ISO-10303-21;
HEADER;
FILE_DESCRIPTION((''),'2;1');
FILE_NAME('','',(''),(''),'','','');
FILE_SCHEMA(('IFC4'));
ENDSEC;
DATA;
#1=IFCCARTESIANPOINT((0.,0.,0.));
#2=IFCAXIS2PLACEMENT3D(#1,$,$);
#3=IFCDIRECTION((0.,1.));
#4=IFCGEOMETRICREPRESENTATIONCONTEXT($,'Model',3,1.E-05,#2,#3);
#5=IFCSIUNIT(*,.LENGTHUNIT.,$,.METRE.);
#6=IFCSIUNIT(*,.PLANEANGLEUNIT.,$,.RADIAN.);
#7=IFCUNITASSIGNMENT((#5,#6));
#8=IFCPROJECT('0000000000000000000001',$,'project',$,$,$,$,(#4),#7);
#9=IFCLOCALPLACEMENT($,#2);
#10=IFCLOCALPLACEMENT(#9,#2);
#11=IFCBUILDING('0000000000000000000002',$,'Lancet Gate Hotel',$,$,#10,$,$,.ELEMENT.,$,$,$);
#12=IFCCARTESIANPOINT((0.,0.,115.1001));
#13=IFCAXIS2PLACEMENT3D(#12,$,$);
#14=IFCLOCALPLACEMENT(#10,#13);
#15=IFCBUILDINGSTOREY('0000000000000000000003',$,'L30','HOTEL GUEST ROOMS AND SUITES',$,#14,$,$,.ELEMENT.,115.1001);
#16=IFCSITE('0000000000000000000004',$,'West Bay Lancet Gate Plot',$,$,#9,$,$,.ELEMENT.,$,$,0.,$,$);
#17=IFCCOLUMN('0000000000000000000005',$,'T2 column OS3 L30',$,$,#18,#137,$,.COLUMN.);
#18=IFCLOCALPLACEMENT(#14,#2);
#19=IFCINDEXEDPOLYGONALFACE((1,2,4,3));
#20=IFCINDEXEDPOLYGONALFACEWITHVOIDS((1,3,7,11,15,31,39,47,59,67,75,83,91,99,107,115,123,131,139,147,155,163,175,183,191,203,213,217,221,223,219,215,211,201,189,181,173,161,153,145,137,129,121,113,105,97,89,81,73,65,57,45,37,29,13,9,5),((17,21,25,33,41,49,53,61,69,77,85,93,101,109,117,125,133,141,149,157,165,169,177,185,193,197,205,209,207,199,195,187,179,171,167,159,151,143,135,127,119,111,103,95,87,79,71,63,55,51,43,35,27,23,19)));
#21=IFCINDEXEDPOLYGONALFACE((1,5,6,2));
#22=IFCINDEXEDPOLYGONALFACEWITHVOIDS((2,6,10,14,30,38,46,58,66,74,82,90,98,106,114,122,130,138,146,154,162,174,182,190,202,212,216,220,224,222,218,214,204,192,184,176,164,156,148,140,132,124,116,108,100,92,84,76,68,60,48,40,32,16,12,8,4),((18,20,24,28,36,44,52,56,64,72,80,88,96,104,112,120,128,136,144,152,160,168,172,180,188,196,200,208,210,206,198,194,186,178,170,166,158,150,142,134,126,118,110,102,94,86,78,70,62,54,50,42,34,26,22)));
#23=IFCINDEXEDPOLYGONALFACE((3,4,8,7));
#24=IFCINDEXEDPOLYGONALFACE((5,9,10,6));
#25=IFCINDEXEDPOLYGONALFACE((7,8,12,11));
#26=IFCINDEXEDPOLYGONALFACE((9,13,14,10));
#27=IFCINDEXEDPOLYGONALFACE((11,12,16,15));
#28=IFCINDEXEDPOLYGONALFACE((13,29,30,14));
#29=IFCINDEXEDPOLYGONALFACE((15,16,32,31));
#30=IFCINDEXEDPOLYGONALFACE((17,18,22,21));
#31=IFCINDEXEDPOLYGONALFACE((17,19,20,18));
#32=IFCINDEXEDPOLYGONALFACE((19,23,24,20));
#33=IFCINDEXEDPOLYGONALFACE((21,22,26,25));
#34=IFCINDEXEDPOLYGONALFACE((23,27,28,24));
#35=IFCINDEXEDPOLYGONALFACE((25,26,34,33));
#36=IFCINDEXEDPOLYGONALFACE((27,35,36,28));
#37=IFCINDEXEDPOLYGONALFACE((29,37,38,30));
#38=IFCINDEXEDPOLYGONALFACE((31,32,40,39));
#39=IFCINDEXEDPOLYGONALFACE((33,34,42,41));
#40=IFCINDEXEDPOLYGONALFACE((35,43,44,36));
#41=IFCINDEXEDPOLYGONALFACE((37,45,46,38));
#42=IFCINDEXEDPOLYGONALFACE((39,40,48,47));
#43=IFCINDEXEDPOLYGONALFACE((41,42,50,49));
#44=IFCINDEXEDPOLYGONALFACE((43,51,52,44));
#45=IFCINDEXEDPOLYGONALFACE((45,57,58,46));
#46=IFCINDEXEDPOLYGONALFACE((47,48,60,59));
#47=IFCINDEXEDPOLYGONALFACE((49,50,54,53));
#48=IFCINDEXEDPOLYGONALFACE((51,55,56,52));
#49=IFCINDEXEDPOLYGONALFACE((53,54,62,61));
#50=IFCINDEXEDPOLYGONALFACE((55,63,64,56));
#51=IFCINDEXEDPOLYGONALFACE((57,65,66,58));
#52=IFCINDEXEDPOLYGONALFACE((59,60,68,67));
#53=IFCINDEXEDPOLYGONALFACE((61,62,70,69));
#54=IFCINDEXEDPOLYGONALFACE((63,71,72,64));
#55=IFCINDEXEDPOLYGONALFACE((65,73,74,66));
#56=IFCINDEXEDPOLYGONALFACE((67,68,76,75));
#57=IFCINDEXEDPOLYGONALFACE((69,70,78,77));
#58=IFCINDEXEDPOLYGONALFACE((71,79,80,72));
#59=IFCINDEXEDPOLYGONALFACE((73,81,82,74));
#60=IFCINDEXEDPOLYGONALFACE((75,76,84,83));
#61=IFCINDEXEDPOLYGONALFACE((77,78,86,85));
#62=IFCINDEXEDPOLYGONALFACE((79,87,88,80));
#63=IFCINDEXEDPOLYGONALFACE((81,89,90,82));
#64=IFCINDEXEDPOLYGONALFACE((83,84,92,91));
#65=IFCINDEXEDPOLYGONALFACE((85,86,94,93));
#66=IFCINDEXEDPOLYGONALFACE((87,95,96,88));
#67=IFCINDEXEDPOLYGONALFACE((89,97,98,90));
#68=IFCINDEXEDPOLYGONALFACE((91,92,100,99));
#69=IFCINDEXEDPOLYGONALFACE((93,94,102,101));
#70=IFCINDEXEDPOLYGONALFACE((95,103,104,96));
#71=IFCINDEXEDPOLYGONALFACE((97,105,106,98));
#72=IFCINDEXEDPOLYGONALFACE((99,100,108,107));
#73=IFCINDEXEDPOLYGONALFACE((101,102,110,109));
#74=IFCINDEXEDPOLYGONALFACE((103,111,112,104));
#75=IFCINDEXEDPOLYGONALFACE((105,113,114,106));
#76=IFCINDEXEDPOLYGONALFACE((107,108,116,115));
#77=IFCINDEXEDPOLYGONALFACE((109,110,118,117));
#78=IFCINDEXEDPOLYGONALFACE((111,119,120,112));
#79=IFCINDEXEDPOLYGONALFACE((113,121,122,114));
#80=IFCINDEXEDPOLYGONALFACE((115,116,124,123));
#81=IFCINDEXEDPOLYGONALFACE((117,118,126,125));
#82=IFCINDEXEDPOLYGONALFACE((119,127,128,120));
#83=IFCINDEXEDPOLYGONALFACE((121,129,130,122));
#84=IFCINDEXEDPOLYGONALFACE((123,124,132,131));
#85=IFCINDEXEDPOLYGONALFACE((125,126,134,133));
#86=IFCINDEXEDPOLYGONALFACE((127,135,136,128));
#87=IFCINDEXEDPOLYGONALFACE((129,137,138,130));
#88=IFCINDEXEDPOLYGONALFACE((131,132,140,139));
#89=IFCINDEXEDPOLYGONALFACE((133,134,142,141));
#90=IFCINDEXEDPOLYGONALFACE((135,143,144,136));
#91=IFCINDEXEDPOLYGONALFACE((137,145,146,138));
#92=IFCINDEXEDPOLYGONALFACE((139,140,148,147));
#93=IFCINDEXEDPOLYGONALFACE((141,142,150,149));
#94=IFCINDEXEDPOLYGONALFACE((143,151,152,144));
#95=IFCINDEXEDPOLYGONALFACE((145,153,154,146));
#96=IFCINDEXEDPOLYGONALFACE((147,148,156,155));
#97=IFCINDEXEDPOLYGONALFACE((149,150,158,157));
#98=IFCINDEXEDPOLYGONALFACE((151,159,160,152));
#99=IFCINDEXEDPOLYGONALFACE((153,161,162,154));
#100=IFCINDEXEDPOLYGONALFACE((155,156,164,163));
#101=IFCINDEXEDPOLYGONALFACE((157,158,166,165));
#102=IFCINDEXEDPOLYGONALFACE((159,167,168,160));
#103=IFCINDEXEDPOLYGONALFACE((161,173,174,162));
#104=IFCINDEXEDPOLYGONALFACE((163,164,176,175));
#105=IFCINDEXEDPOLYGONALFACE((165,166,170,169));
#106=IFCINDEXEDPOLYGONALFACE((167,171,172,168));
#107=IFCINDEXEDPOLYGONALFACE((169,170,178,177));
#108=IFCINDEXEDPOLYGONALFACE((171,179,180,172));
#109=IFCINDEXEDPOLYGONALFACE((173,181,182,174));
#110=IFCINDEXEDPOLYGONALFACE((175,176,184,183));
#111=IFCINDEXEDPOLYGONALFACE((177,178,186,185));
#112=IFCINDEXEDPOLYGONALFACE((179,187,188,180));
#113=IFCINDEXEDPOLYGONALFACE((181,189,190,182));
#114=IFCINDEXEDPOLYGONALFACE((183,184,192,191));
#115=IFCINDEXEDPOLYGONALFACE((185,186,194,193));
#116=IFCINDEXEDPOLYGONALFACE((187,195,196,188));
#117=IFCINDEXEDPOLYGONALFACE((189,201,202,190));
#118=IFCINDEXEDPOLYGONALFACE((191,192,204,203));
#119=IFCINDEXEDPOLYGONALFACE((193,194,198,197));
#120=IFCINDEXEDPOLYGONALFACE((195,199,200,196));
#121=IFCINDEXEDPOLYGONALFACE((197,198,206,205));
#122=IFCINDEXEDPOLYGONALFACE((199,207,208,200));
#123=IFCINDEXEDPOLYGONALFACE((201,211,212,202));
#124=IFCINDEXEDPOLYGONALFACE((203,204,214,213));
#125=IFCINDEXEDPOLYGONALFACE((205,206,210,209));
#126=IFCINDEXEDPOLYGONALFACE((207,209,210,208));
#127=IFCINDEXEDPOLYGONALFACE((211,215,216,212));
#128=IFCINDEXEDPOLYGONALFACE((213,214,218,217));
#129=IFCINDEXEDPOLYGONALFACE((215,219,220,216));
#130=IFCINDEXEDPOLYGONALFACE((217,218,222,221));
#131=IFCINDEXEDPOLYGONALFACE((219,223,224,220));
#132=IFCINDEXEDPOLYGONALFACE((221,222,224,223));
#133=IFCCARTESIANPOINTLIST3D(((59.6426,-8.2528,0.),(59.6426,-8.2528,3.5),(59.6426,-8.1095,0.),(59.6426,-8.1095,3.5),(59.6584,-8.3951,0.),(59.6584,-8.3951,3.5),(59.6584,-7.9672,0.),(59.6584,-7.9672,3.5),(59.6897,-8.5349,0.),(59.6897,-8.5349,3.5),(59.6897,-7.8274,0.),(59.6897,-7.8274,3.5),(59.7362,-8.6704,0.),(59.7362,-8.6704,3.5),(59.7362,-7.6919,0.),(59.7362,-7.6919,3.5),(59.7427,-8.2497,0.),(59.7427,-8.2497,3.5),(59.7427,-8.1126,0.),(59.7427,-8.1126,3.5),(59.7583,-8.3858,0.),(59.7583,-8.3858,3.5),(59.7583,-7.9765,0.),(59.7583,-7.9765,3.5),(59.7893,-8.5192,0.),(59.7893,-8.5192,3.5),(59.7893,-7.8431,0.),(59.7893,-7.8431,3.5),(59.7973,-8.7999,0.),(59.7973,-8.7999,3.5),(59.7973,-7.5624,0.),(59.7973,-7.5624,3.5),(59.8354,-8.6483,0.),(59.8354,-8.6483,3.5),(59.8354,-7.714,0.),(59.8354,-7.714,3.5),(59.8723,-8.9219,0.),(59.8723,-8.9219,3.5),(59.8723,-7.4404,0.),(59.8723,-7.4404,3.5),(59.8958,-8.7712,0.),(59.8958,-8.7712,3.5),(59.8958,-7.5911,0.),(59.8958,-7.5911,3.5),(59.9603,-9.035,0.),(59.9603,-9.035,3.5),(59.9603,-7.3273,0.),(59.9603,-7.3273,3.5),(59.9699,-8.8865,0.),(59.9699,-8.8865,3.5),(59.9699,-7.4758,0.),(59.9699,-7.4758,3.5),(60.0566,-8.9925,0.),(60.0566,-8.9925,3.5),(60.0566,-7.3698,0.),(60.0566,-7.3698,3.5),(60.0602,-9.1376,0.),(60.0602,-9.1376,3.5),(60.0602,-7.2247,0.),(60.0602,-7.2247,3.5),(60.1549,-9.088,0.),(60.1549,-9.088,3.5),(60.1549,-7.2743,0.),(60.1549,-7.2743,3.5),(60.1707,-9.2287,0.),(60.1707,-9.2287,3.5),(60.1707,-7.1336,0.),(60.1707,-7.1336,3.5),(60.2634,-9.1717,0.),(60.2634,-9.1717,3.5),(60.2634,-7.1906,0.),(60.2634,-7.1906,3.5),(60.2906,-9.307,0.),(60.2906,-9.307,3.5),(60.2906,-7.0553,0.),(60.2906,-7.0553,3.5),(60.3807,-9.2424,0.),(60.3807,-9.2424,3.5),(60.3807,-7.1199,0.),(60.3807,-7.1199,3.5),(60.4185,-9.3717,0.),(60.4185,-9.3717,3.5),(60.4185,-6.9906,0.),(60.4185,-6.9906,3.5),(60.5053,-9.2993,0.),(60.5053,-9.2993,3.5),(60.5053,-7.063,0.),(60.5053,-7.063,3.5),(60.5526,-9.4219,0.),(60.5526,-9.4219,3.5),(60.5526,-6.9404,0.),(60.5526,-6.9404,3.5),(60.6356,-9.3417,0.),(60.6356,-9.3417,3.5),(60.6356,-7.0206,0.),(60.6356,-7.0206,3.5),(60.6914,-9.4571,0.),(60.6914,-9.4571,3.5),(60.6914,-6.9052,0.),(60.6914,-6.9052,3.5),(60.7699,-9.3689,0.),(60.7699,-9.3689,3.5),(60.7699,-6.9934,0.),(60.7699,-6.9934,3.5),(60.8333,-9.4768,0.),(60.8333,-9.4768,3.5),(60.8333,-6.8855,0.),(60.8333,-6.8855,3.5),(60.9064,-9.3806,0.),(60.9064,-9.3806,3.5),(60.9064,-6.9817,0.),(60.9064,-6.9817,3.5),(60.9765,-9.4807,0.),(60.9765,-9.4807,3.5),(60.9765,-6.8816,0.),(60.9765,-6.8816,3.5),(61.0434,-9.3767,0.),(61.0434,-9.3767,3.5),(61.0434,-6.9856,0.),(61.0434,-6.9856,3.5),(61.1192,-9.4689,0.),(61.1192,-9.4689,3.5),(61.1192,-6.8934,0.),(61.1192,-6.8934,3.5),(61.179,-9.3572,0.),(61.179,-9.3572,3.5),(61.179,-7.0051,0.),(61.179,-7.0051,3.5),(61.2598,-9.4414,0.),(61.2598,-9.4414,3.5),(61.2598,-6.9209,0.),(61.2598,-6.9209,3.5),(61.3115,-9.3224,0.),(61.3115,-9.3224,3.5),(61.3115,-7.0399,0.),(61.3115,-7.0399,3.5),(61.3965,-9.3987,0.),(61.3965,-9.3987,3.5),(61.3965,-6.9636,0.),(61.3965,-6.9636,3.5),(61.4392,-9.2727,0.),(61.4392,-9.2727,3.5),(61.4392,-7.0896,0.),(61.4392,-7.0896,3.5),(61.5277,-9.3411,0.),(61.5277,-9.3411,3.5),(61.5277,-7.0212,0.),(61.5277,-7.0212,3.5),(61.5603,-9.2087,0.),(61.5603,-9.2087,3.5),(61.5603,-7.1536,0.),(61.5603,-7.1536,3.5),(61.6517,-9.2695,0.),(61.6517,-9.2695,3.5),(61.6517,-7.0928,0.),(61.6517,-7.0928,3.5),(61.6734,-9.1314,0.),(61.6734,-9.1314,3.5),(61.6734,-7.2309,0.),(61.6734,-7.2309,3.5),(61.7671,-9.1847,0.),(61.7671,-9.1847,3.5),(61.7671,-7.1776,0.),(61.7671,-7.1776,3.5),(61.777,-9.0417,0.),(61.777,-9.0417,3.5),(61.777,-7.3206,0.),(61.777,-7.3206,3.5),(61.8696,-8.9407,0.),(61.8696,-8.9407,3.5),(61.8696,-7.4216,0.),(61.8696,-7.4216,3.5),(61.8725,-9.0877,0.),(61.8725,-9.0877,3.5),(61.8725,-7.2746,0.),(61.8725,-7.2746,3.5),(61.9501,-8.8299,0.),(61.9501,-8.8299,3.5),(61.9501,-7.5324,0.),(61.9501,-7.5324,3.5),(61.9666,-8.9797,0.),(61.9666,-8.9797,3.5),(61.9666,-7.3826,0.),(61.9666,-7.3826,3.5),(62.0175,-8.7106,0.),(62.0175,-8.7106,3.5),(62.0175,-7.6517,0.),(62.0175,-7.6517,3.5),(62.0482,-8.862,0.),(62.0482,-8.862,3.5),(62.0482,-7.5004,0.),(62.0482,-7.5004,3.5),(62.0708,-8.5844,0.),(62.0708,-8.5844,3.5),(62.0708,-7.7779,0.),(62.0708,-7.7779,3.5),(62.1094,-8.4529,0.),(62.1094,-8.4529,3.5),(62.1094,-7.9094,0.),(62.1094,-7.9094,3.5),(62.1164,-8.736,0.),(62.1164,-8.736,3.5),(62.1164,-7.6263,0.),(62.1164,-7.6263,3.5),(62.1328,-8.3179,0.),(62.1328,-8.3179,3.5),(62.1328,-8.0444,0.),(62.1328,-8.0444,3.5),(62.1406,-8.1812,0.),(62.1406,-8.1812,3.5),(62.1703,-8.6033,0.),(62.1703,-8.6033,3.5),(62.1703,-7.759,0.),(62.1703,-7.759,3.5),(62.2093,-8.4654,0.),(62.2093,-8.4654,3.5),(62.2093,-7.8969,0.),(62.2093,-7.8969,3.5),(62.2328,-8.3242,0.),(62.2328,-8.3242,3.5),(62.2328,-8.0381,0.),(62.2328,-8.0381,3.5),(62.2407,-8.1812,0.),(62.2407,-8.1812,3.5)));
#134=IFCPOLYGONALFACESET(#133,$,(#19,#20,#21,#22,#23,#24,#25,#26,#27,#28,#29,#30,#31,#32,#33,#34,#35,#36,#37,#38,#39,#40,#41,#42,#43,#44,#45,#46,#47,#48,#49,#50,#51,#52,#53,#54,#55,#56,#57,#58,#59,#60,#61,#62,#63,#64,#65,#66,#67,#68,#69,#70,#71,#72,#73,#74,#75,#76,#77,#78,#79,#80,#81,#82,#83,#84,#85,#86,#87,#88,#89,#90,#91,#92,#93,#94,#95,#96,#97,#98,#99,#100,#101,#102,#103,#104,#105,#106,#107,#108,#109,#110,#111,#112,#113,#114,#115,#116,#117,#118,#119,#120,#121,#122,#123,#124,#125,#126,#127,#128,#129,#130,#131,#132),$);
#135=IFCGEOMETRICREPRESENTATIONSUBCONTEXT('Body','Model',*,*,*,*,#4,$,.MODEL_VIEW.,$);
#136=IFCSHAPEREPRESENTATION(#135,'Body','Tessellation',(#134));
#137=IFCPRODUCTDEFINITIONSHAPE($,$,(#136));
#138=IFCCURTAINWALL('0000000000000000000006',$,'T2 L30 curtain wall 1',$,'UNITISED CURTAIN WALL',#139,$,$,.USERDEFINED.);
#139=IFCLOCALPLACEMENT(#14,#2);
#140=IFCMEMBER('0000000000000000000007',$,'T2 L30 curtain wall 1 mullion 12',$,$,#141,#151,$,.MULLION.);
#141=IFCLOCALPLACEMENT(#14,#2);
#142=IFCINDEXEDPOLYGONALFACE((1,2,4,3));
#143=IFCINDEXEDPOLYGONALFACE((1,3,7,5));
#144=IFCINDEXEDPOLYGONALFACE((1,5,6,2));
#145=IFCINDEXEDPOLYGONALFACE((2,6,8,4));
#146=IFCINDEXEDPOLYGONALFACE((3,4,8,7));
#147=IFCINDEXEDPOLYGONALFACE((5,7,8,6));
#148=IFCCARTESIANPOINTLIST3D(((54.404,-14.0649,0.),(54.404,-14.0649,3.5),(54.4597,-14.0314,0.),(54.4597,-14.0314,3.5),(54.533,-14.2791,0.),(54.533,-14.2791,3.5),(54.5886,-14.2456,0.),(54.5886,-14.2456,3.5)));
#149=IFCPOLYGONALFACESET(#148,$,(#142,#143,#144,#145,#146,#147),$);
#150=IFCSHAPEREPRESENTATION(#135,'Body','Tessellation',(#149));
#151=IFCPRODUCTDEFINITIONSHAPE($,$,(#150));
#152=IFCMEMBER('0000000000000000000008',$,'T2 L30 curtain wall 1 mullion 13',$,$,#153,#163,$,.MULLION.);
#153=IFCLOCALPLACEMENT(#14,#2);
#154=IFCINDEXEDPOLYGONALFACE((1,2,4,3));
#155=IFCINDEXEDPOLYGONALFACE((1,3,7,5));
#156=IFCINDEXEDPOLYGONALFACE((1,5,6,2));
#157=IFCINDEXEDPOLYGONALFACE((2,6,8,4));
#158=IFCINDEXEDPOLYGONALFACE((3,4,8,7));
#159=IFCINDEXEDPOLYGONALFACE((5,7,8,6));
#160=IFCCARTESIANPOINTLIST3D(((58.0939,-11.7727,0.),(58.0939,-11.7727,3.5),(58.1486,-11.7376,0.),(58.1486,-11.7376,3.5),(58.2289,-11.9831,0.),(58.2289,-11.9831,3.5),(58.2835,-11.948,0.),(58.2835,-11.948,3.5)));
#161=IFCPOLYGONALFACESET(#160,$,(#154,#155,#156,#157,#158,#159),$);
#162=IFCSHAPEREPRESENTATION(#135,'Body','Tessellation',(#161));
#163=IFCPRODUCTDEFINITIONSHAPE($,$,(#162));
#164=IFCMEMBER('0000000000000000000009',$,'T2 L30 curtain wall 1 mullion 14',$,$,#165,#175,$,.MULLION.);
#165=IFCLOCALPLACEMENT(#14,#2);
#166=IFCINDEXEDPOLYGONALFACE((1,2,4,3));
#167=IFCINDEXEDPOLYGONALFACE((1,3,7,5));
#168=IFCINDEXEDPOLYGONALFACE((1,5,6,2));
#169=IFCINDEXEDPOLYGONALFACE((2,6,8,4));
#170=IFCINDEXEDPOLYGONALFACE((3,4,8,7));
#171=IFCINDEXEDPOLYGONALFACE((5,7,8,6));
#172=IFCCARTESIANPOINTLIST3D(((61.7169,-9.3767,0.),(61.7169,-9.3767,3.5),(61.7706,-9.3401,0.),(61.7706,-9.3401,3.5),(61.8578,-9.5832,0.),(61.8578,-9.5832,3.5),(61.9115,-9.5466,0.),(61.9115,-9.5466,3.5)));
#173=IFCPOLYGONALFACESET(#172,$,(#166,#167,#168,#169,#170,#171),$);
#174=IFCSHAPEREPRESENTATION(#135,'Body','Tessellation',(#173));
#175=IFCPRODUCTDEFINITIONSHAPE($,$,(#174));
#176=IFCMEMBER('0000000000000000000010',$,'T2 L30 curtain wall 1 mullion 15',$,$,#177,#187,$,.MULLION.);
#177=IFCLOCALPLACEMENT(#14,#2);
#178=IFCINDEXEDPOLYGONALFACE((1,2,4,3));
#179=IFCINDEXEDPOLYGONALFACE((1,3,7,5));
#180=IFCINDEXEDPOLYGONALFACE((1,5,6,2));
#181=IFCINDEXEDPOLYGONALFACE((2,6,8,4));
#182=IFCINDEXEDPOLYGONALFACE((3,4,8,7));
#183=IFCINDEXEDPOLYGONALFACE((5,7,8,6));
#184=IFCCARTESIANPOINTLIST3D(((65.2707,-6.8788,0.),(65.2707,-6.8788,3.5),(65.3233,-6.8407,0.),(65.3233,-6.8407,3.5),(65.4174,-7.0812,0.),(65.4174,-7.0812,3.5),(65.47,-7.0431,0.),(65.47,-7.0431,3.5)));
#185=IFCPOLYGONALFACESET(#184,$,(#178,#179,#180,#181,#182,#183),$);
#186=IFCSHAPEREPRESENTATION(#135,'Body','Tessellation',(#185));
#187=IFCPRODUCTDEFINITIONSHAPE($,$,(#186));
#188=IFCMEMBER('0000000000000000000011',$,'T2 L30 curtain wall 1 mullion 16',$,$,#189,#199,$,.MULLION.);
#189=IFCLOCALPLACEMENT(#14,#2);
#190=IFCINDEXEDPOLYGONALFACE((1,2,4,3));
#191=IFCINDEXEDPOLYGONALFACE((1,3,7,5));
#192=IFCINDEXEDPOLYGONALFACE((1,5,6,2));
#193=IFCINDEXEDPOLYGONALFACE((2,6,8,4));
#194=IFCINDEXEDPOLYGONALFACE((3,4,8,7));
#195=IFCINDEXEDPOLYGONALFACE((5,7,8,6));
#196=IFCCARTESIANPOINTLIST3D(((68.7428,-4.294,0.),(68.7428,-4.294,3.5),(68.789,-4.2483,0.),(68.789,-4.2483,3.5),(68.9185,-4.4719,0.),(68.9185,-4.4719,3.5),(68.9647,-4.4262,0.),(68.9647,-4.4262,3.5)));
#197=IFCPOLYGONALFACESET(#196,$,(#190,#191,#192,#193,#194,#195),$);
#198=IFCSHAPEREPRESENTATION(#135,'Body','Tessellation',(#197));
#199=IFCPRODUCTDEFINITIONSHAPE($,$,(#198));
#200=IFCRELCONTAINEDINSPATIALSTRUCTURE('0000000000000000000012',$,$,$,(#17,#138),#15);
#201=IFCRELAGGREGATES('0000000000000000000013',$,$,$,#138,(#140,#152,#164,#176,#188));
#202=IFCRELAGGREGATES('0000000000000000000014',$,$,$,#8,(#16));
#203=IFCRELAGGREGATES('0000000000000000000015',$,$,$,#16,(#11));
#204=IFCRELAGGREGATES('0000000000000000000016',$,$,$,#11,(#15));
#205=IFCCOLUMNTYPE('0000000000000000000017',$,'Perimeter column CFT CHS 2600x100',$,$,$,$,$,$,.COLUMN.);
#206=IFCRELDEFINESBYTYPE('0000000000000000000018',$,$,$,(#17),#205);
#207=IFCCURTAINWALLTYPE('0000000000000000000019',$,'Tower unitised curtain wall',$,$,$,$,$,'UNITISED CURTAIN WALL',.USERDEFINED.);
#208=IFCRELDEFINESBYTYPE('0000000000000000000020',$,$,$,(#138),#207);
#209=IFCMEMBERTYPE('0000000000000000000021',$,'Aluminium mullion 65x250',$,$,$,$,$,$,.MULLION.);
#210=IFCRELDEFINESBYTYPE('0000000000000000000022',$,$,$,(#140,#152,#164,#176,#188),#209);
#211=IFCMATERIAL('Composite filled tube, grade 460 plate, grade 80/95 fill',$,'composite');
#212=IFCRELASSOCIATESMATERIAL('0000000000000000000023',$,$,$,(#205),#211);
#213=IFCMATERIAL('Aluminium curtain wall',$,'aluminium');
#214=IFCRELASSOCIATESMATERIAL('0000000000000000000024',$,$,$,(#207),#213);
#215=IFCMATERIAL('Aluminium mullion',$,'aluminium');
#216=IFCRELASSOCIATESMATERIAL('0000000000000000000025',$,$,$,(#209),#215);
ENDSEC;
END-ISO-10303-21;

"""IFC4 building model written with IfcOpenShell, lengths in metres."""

from ifc_helpers import new_model, si_unit, direction, frame, origin, origin_2d, place, context, subcontext, project, spatial, rectangle, hollow_circle, extrude, material, material_profile, profile_set, type_object, element, aggregate, save


model = new_model("IFC4")

# Units and contexts
model_context = context("Model", 3, precision=1e-05, world=origin(), true_north=direction((0.0, 1.0)))
body_context = subcontext(model_context, "Body", "Model", "MODEL_VIEW")
ifc_project = project(units=[si_unit("LENGTHUNIT", "METRE"), si_unit("PLANEANGLEUNIT", "RADIAN")], contexts=[model_context])

# Site, building, storey
site_placement = place(None, origin())
site = spatial("IfcSite", under=ifc_project, at=site_placement, Name="West Bay Lancet Gate Plot", CompositionType="ELEMENT", RefElevation=0.0)
building_placement = place(site_placement, origin())
building = spatial("IfcBuilding", under=site, at=building_placement, Name="Lancet Gate Hotel", CompositionType="ELEMENT")
storey_placement = place(building_placement, frame((0.0, 0.0, 115.1001)))
storey = spatial("IfcBuildingStorey", under=building, at=storey_placement, Name="L30", Description="HOTEL GUEST ROOMS AND SUITES", CompositionType="ELEMENT", Elevation=115.1001)

# Column
ifc_material_1 = material(Name="Composite filled tube, grade 460 plate, grade 80/95 fill", Category="composite")
ifc_material_profile_1 = material_profile(ifc_material_1, hollow_circle(Radius=1.3, WallThickness=0.1001, at=origin_2d()), Name="CHS 2600x100")
ifc_profile_set_1 = profile_set([ifc_material_profile_1], Name="Composite filled tube, grade 460 plate, grade 80/95 fill")
column_type_1 = type_object("IfcColumnType", Name="Perimeter column CFT CHS 2600x100", PredefinedType="COLUMN", material=ifc_profile_set_1)
column_1_placement = place(storey_placement, frame((60.9407, -8.1812, 0.0), z_axis=(0.0, 0.0, 1.0), x_axis=(1.0, 0.0, 0.0)))
element("IfcColumn", 1, at=column_1_placement, inside=storey, type_object=column_type_1, Name="T2 column OS3 L30", PredefinedType="COLUMN", context=body_context, shape_type="SweptSolid", body=[
    extrude(hollow_circle(Radius=1.3, WallThickness=0.1001, at=origin_2d()), origin(), (0.0, 0.0, 1.0), 3.5),
])

# Curtain wall, members
ifc_material_2 = material(Name="Aluminium curtain wall", Category="aluminium")
curtain_wall_type = type_object("IfcCurtainWallType", Name="Tower unitised curtain wall", ElementType="UNITISED CURTAIN WALL", PredefinedType="USERDEFINED", material=ifc_material_2)
curtain_wall_placement = place(storey_placement, origin())
curtain_wall = element("IfcCurtainWall", 2, at=curtain_wall_placement, inside=storey, type_object=curtain_wall_type, Name="T2 L30 curtain wall 1", ObjectType="UNITISED CURTAIN WALL", PredefinedType="USERDEFINED")
ifc_material_3 = material(Name="Aluminium mullion", Category="aluminium")
ifc_material_profile_2 = material_profile(ifc_material_3, rectangle(XDim=0.0649, YDim=0.25, at=origin_2d()), Name="MULLION 65x250")
ifc_profile_set_2 = profile_set([ifc_material_profile_2], Name="Aluminium mullion")
member_type_1 = type_object("IfcMemberType", Name="Aluminium mullion 65x250", PredefinedType="MULLION", material=ifc_profile_set_2)
member_1_placement = place(storey_placement, frame((54.4963, -14.1553, 0.0), z_axis=(0.0, 0.0, 1.0), x_axis=(0.856728, 0.515768, 0.0)))
member_1 = element("IfcMember", 3, at=member_1_placement, type_object=member_type_1, Name="T2 L30 curtain wall 1 mullion 12", PredefinedType="MULLION", context=body_context, shape_type="SweptSolid", body=[
    extrude(rectangle(XDim=0.0649, YDim=0.25, at=origin_2d()), origin(), (0.0, 0.0, 1.0), 3.5),
])
member_2_placement = place(storey_placement, frame((58.1887, -11.8604, 0.0), z_axis=(0.0, 0.0, 1.0), x_axis=(0.841736, 0.539889, 0.0)))
member_2 = element("IfcMember", 4, at=member_2_placement, type_object=member_type_1, Name="T2 L30 curtain wall 1 mullion 13", PredefinedType="MULLION", context=body_context, shape_type="SweptSolid", body=[
    extrude(rectangle(XDim=0.0649, YDim=0.25, at=origin_2d()), origin(), (0.0, 0.0, 1.0), 3.5),
])
member_3_placement = place(storey_placement, frame((61.8142, -9.4617, 0.0), z_axis=(0.0, 0.0, 1.0), x_axis=(0.826066, 0.563574, 0.0)))
member_3 = element("IfcMember", 5, at=member_3_placement, type_object=member_type_1, Name="T2 L30 curtain wall 1 mullion 14", PredefinedType="MULLION", context=body_context, shape_type="SweptSolid", body=[
    extrude(rectangle(XDim=0.0649, YDim=0.25, at=origin_2d()), origin(), (0.0, 0.0, 1.0), 3.5),
])
member_4_placement = place(storey_placement, frame((65.3704, -6.9609, 0.0), z_axis=(0.0, 0.0, 1.0), x_axis=(0.809729, 0.586805, 0.0)))
member_4 = element("IfcMember", 6, at=member_4_placement, type_object=member_type_1, Name="T2 L30 curtain wall 1 mullion 15", PredefinedType="MULLION", context=body_context, shape_type="SweptSolid", body=[
    extrude(rectangle(XDim=0.0649, YDim=0.25, at=origin_2d()), origin(), (0.0, 0.0, 1.0), 3.5),
])
member_5_placement = place(storey_placement, frame((68.8538, -4.3601, 0.0), z_axis=(0.0, 0.0, 1.0), x_axis=(0.71161, 0.702574, 0.0)))
member_5 = element("IfcMember", 7, at=member_5_placement, type_object=member_type_1, Name="T2 L30 curtain wall 1 mullion 16", PredefinedType="MULLION", context=body_context, shape_type="SweptSolid", body=[
    extrude(rectangle(XDim=0.0649, YDim=0.25, at=origin_2d()), origin(), (0.0, 0.0, 1.0), 3.5),
])

aggregate(curtain_wall, [member_1, member_2, member_3, member_4, member_5])

save(model, "model.ifc")
